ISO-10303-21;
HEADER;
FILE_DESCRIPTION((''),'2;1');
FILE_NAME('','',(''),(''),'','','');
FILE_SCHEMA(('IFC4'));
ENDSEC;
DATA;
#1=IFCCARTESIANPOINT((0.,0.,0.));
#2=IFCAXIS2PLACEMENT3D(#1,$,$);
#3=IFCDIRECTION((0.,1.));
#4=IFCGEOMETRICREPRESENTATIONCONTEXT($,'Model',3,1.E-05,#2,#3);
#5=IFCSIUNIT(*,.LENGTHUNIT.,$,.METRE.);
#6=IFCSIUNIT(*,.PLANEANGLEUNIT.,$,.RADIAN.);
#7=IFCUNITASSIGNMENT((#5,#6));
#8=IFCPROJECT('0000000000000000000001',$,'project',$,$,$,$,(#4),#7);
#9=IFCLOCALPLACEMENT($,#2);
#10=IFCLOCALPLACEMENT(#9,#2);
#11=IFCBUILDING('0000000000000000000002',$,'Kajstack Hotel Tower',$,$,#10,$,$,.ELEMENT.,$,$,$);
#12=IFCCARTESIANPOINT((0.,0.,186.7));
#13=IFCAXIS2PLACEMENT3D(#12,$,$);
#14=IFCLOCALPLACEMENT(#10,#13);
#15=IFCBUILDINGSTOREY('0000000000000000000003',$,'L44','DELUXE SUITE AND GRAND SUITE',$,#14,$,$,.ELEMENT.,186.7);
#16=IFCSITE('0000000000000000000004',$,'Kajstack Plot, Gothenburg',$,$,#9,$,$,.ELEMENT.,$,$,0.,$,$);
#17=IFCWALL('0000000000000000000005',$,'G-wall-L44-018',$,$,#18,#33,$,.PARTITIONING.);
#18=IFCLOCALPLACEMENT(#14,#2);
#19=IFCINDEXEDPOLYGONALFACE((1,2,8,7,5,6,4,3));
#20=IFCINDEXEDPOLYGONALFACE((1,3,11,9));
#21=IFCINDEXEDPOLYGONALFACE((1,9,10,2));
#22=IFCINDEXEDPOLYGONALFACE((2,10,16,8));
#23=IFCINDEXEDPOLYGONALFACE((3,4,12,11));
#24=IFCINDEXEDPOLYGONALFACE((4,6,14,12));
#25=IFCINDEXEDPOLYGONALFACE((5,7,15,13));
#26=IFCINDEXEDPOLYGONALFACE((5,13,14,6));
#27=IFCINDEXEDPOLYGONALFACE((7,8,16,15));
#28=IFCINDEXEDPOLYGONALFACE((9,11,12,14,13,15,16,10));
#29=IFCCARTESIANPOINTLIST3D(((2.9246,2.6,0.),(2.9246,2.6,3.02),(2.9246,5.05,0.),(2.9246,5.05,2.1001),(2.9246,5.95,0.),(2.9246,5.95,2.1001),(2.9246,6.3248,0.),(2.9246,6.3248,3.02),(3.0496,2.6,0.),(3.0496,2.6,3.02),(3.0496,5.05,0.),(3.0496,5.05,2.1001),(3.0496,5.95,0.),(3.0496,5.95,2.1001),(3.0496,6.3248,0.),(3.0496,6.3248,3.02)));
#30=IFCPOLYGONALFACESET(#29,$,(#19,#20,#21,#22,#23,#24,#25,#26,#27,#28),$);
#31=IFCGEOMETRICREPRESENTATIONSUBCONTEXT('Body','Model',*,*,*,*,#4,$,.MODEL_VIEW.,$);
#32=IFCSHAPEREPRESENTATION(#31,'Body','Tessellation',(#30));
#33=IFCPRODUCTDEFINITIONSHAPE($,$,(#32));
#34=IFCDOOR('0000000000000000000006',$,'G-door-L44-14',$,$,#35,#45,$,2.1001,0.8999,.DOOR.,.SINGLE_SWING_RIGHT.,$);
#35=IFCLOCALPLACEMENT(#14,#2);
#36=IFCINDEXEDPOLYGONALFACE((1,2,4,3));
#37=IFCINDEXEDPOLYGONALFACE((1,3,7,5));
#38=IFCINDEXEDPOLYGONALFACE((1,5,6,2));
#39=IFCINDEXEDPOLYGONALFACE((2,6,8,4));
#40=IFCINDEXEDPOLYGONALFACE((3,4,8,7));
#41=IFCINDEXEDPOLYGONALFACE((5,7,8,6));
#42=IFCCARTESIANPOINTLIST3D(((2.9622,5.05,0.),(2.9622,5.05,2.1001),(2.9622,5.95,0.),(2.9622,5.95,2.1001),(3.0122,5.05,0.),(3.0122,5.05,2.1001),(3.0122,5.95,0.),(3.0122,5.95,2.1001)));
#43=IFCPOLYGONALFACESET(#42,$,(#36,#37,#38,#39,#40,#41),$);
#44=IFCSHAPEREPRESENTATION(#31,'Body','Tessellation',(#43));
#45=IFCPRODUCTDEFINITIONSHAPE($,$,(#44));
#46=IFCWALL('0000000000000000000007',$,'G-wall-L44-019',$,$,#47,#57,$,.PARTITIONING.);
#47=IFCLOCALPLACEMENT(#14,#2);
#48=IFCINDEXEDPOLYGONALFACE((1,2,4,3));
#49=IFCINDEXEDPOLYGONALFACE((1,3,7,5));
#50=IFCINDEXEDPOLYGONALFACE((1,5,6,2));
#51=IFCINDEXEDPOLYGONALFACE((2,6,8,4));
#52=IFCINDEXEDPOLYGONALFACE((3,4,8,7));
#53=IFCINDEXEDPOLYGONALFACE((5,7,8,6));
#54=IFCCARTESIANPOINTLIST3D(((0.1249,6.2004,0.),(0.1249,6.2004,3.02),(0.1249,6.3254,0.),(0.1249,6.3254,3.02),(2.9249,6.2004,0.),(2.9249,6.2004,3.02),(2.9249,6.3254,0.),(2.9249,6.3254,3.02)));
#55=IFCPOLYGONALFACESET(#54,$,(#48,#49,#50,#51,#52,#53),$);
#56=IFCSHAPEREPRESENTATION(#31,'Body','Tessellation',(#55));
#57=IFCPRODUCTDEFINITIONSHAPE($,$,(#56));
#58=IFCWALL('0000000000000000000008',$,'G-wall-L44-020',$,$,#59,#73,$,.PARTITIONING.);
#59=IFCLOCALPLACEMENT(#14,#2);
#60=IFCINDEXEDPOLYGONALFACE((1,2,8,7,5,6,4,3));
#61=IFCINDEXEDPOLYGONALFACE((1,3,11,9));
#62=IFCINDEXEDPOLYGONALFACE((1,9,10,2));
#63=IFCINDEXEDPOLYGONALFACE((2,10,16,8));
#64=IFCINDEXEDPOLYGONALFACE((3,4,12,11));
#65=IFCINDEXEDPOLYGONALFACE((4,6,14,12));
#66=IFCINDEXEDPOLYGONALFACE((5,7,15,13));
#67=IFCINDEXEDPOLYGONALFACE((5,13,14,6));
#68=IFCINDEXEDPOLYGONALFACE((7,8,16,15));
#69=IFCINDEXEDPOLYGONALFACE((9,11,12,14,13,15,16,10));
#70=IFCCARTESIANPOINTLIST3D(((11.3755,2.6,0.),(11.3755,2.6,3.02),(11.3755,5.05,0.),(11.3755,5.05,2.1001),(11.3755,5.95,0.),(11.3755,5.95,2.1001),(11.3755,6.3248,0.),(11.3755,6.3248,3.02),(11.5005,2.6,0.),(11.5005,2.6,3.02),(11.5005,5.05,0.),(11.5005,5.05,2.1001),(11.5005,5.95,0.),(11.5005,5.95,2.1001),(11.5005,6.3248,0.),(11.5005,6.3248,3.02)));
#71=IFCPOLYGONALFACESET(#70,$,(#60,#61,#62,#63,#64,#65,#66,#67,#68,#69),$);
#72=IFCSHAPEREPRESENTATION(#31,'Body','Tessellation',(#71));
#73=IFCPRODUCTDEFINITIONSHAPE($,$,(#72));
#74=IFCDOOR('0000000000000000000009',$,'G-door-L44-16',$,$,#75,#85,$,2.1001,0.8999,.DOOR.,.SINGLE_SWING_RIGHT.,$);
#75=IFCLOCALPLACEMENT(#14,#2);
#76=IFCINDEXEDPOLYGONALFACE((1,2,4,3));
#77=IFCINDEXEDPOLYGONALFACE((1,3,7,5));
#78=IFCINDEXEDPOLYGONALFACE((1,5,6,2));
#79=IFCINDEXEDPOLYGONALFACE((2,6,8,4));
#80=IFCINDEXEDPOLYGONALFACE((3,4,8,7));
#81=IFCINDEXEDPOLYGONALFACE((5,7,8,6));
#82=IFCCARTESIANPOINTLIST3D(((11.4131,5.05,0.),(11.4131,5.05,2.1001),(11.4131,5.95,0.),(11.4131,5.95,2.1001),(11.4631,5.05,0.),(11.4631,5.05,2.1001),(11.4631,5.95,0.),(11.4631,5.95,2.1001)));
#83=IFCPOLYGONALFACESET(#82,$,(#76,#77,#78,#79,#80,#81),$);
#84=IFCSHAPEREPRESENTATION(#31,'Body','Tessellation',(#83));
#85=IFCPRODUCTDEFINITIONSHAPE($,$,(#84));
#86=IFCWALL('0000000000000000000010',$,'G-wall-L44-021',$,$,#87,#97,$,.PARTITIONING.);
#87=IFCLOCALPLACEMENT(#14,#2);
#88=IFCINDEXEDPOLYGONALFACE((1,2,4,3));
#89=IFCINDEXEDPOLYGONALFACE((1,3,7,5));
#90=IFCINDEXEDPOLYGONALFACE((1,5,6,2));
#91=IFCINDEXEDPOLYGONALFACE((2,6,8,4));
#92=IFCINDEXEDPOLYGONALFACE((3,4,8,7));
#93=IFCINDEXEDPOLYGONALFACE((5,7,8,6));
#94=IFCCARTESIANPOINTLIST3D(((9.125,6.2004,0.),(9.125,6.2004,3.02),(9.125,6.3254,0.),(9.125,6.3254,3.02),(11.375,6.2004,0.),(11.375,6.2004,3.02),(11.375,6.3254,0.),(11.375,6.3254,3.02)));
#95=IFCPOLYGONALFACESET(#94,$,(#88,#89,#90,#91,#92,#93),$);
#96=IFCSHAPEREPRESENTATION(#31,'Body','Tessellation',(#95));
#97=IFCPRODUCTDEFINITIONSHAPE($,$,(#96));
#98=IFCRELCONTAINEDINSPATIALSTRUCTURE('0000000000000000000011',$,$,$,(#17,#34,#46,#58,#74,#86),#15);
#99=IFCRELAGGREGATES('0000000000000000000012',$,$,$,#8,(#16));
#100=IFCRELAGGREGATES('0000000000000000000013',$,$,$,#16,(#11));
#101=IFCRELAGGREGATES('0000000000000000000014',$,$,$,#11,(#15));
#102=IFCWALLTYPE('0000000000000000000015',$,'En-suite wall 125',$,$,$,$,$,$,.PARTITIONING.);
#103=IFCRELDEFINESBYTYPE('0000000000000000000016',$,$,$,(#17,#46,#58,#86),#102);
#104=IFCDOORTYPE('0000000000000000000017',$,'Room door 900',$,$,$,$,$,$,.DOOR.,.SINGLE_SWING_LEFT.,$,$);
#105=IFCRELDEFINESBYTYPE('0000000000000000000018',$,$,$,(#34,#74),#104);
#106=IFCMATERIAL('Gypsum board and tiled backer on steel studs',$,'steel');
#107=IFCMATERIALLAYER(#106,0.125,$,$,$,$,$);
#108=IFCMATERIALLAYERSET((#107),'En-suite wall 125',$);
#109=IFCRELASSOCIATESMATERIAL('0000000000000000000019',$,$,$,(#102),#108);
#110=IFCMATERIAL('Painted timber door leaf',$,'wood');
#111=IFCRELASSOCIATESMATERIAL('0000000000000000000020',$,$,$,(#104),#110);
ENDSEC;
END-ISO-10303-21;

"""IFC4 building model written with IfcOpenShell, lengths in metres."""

from ifc_helpers import new_model, si_unit, direction, frame, frame_2d, origin, place, context, subcontext, project, spatial, rectangle, extrude, material, layer, layer_set, type_object, element, fill, save


model = new_model("IFC4")

# Units and contexts
model_context = context("Model", 3, precision=1e-05, world=origin(), true_north=direction((0.0, 1.0)))
body_context = subcontext(model_context, "Body", "Model", "MODEL_VIEW")
ifc_project = project(units=[si_unit("LENGTHUNIT", "METRE"), si_unit("PLANEANGLEUNIT", "RADIAN")], contexts=[model_context])

# Site, building, storey
site_placement = place(None, origin())
site = spatial("IfcSite", under=ifc_project, at=site_placement, Name="Kajstack Plot, Gothenburg", CompositionType="ELEMENT", RefElevation=0.0)
building_placement = place(site_placement, origin())
building = spatial("IfcBuilding", under=site, at=building_placement, Name="Kajstack Hotel Tower", CompositionType="ELEMENT")
storey_placement = place(building_placement, frame((0.0, 0.0, 186.7)))
storey = spatial("IfcBuildingStorey", under=building, at=storey_placement, Name="L44", Description="DELUXE SUITE AND GRAND SUITE", CompositionType="ELEMENT", Elevation=186.7)

# Wall, opening, door
ifc_material_1 = material(Name="Gypsum board and tiled backer on steel studs", Category="steel")
ifc_layer_1 = layer(ifc_material_1, 0.125)
ifc_layer_set_1 = layer_set([ifc_layer_1], Name="En-suite wall 125")
wall_type_1 = type_object("IfcWallType", Name="En-suite wall 125", PredefinedType="PARTITIONING", material=ifc_layer_set_1)
wall_1_placement = place(storey_placement, frame((2.9871, 2.6001, 0.0), z_axis=(0.0, 0.0, 1.0), x_axis=(0.0, 1.0, 0.0)))
wall_1 = element("IfcWall", 1, at=wall_1_placement, inside=storey, type_object=wall_type_1, Name="G-wall-L44-018", PredefinedType="PARTITIONING", context=body_context, shape_type="SweptSolid", body=[
    extrude(rectangle(XDim=3.7249, YDim=0.125, at=frame_2d((1.8623, 0.0))), origin(), (0.0, 0.0, 1.0), 3.02),
])
opening_1_placement = place(wall_1_placement, frame((2.45, 0.0, 0.0)))
opening_1 = element("IfcOpeningElement", 2, at=opening_1_placement, cuts=wall_1, PredefinedType="OPENING", context=body_context, shape_type="SweptSolid", body=[
    extrude(rectangle(XDim=0.8999, YDim=2.1001, at=frame_2d((0.45, 1.05))), frame((0.0, 0.0725, 0.0), z_axis=(0.0, -1.0, 0.0), x_axis=(1.0, 0.0, 0.0)), (0.0, 0.0, 1.0), 0.145),
])
ifc_material_2 = material(Name="Painted timber door leaf", Category="wood")
door_type_1 = type_object("IfcDoorType", Name="Room door 900", OperationType="SINGLE_SWING_LEFT", PredefinedType="DOOR", material=ifc_material_2)
door_1_placement = place(opening_1_placement, origin())
door_1 = element("IfcDoor", 3, at=door_1_placement, inside=storey, type_object=door_type_1, Name="G-door-L44-14", OperationType="SINGLE_SWING_RIGHT", OverallHeight=2.1001, OverallWidth=0.8999, PredefinedType="DOOR", context=body_context, shape_type="SweptSolid", body=[
    extrude(rectangle(XDim=0.8999, YDim=2.1001, at=frame_2d((0.45, 1.05))), frame((0.0, 0.0249, 0.0), z_axis=(0.0, -1.0, 0.0), x_axis=(1.0, 0.0, 0.0)), (0.0, 0.0, 1.0), 0.05),
])
fill(opening_1, door_1)

# Wall
wall_2_placement = place(storey_placement, frame((0.125, 6.2629, 0.0), z_axis=(0.0, 0.0, 1.0), x_axis=(1.0, 0.0, 0.0)))
element("IfcWall", 4, at=wall_2_placement, inside=storey, type_object=wall_type_1, Name="G-wall-L44-019", PredefinedType="PARTITIONING", context=body_context, shape_type="SweptSolid", body=[
    extrude(rectangle(XDim=2.8, YDim=0.125, at=frame_2d((1.3999, 0.0))), origin(), (0.0, 0.0, 1.0), 3.02),
])

# Wall, opening, door
wall_3_placement = place(storey_placement, frame((11.438, 2.6001, 0.0), z_axis=(0.0, 0.0, 1.0), x_axis=(0.0, 1.0, 0.0)))
wall_3 = element("IfcWall", 5, at=wall_3_placement, inside=storey, type_object=wall_type_1, Name="G-wall-L44-020", PredefinedType="PARTITIONING", context=body_context, shape_type="SweptSolid", body=[
    extrude(rectangle(XDim=3.7249, YDim=0.125, at=frame_2d((1.8623, 0.0))), origin(), (0.0, 0.0, 1.0), 3.02),
])
opening_2_placement = place(wall_3_placement, frame((2.45, 0.0, 0.0)))
opening_2 = element("IfcOpeningElement", 6, at=opening_2_placement, cuts=wall_3, PredefinedType="OPENING", context=body_context, shape_type="SweptSolid", body=[
    extrude(rectangle(XDim=0.8999, YDim=2.1001, at=frame_2d((0.45, 1.05))), frame((0.0, 0.0725, 0.0), z_axis=(0.0, -1.0, 0.0), x_axis=(1.0, 0.0, 0.0)), (0.0, 0.0, 1.0), 0.145),
])
door_2_placement = place(opening_2_placement, origin())
door_2 = element("IfcDoor", 7, at=door_2_placement, inside=storey, type_object=door_type_1, Name="G-door-L44-16", OperationType="SINGLE_SWING_RIGHT", OverallHeight=2.1001, OverallWidth=0.8999, PredefinedType="DOOR", context=body_context, shape_type="SweptSolid", body=[
    extrude(rectangle(XDim=0.8999, YDim=2.1001, at=frame_2d((0.45, 1.05))), frame((0.0, 0.0249, 0.0), z_axis=(0.0, -1.0, 0.0), x_axis=(1.0, 0.0, 0.0)), (0.0, 0.0, 1.0), 0.05),
])
fill(opening_2, door_2)

# Wall
wall_4_placement = place(storey_placement, frame((9.125, 6.2629, 0.0), z_axis=(0.0, 0.0, 1.0), x_axis=(1.0, 0.0, 0.0)))
element("IfcWall", 8, at=wall_4_placement, inside=storey, type_object=wall_type_1, Name="G-wall-L44-021", PredefinedType="PARTITIONING", context=body_context, shape_type="SweptSolid", body=[
    extrude(rectangle(XDim=2.25, YDim=0.125, at=frame_2d((1.125, 0.0))), origin(), (0.0, 0.0, 1.0), 3.02),
])

save(model, "model.ifc")
